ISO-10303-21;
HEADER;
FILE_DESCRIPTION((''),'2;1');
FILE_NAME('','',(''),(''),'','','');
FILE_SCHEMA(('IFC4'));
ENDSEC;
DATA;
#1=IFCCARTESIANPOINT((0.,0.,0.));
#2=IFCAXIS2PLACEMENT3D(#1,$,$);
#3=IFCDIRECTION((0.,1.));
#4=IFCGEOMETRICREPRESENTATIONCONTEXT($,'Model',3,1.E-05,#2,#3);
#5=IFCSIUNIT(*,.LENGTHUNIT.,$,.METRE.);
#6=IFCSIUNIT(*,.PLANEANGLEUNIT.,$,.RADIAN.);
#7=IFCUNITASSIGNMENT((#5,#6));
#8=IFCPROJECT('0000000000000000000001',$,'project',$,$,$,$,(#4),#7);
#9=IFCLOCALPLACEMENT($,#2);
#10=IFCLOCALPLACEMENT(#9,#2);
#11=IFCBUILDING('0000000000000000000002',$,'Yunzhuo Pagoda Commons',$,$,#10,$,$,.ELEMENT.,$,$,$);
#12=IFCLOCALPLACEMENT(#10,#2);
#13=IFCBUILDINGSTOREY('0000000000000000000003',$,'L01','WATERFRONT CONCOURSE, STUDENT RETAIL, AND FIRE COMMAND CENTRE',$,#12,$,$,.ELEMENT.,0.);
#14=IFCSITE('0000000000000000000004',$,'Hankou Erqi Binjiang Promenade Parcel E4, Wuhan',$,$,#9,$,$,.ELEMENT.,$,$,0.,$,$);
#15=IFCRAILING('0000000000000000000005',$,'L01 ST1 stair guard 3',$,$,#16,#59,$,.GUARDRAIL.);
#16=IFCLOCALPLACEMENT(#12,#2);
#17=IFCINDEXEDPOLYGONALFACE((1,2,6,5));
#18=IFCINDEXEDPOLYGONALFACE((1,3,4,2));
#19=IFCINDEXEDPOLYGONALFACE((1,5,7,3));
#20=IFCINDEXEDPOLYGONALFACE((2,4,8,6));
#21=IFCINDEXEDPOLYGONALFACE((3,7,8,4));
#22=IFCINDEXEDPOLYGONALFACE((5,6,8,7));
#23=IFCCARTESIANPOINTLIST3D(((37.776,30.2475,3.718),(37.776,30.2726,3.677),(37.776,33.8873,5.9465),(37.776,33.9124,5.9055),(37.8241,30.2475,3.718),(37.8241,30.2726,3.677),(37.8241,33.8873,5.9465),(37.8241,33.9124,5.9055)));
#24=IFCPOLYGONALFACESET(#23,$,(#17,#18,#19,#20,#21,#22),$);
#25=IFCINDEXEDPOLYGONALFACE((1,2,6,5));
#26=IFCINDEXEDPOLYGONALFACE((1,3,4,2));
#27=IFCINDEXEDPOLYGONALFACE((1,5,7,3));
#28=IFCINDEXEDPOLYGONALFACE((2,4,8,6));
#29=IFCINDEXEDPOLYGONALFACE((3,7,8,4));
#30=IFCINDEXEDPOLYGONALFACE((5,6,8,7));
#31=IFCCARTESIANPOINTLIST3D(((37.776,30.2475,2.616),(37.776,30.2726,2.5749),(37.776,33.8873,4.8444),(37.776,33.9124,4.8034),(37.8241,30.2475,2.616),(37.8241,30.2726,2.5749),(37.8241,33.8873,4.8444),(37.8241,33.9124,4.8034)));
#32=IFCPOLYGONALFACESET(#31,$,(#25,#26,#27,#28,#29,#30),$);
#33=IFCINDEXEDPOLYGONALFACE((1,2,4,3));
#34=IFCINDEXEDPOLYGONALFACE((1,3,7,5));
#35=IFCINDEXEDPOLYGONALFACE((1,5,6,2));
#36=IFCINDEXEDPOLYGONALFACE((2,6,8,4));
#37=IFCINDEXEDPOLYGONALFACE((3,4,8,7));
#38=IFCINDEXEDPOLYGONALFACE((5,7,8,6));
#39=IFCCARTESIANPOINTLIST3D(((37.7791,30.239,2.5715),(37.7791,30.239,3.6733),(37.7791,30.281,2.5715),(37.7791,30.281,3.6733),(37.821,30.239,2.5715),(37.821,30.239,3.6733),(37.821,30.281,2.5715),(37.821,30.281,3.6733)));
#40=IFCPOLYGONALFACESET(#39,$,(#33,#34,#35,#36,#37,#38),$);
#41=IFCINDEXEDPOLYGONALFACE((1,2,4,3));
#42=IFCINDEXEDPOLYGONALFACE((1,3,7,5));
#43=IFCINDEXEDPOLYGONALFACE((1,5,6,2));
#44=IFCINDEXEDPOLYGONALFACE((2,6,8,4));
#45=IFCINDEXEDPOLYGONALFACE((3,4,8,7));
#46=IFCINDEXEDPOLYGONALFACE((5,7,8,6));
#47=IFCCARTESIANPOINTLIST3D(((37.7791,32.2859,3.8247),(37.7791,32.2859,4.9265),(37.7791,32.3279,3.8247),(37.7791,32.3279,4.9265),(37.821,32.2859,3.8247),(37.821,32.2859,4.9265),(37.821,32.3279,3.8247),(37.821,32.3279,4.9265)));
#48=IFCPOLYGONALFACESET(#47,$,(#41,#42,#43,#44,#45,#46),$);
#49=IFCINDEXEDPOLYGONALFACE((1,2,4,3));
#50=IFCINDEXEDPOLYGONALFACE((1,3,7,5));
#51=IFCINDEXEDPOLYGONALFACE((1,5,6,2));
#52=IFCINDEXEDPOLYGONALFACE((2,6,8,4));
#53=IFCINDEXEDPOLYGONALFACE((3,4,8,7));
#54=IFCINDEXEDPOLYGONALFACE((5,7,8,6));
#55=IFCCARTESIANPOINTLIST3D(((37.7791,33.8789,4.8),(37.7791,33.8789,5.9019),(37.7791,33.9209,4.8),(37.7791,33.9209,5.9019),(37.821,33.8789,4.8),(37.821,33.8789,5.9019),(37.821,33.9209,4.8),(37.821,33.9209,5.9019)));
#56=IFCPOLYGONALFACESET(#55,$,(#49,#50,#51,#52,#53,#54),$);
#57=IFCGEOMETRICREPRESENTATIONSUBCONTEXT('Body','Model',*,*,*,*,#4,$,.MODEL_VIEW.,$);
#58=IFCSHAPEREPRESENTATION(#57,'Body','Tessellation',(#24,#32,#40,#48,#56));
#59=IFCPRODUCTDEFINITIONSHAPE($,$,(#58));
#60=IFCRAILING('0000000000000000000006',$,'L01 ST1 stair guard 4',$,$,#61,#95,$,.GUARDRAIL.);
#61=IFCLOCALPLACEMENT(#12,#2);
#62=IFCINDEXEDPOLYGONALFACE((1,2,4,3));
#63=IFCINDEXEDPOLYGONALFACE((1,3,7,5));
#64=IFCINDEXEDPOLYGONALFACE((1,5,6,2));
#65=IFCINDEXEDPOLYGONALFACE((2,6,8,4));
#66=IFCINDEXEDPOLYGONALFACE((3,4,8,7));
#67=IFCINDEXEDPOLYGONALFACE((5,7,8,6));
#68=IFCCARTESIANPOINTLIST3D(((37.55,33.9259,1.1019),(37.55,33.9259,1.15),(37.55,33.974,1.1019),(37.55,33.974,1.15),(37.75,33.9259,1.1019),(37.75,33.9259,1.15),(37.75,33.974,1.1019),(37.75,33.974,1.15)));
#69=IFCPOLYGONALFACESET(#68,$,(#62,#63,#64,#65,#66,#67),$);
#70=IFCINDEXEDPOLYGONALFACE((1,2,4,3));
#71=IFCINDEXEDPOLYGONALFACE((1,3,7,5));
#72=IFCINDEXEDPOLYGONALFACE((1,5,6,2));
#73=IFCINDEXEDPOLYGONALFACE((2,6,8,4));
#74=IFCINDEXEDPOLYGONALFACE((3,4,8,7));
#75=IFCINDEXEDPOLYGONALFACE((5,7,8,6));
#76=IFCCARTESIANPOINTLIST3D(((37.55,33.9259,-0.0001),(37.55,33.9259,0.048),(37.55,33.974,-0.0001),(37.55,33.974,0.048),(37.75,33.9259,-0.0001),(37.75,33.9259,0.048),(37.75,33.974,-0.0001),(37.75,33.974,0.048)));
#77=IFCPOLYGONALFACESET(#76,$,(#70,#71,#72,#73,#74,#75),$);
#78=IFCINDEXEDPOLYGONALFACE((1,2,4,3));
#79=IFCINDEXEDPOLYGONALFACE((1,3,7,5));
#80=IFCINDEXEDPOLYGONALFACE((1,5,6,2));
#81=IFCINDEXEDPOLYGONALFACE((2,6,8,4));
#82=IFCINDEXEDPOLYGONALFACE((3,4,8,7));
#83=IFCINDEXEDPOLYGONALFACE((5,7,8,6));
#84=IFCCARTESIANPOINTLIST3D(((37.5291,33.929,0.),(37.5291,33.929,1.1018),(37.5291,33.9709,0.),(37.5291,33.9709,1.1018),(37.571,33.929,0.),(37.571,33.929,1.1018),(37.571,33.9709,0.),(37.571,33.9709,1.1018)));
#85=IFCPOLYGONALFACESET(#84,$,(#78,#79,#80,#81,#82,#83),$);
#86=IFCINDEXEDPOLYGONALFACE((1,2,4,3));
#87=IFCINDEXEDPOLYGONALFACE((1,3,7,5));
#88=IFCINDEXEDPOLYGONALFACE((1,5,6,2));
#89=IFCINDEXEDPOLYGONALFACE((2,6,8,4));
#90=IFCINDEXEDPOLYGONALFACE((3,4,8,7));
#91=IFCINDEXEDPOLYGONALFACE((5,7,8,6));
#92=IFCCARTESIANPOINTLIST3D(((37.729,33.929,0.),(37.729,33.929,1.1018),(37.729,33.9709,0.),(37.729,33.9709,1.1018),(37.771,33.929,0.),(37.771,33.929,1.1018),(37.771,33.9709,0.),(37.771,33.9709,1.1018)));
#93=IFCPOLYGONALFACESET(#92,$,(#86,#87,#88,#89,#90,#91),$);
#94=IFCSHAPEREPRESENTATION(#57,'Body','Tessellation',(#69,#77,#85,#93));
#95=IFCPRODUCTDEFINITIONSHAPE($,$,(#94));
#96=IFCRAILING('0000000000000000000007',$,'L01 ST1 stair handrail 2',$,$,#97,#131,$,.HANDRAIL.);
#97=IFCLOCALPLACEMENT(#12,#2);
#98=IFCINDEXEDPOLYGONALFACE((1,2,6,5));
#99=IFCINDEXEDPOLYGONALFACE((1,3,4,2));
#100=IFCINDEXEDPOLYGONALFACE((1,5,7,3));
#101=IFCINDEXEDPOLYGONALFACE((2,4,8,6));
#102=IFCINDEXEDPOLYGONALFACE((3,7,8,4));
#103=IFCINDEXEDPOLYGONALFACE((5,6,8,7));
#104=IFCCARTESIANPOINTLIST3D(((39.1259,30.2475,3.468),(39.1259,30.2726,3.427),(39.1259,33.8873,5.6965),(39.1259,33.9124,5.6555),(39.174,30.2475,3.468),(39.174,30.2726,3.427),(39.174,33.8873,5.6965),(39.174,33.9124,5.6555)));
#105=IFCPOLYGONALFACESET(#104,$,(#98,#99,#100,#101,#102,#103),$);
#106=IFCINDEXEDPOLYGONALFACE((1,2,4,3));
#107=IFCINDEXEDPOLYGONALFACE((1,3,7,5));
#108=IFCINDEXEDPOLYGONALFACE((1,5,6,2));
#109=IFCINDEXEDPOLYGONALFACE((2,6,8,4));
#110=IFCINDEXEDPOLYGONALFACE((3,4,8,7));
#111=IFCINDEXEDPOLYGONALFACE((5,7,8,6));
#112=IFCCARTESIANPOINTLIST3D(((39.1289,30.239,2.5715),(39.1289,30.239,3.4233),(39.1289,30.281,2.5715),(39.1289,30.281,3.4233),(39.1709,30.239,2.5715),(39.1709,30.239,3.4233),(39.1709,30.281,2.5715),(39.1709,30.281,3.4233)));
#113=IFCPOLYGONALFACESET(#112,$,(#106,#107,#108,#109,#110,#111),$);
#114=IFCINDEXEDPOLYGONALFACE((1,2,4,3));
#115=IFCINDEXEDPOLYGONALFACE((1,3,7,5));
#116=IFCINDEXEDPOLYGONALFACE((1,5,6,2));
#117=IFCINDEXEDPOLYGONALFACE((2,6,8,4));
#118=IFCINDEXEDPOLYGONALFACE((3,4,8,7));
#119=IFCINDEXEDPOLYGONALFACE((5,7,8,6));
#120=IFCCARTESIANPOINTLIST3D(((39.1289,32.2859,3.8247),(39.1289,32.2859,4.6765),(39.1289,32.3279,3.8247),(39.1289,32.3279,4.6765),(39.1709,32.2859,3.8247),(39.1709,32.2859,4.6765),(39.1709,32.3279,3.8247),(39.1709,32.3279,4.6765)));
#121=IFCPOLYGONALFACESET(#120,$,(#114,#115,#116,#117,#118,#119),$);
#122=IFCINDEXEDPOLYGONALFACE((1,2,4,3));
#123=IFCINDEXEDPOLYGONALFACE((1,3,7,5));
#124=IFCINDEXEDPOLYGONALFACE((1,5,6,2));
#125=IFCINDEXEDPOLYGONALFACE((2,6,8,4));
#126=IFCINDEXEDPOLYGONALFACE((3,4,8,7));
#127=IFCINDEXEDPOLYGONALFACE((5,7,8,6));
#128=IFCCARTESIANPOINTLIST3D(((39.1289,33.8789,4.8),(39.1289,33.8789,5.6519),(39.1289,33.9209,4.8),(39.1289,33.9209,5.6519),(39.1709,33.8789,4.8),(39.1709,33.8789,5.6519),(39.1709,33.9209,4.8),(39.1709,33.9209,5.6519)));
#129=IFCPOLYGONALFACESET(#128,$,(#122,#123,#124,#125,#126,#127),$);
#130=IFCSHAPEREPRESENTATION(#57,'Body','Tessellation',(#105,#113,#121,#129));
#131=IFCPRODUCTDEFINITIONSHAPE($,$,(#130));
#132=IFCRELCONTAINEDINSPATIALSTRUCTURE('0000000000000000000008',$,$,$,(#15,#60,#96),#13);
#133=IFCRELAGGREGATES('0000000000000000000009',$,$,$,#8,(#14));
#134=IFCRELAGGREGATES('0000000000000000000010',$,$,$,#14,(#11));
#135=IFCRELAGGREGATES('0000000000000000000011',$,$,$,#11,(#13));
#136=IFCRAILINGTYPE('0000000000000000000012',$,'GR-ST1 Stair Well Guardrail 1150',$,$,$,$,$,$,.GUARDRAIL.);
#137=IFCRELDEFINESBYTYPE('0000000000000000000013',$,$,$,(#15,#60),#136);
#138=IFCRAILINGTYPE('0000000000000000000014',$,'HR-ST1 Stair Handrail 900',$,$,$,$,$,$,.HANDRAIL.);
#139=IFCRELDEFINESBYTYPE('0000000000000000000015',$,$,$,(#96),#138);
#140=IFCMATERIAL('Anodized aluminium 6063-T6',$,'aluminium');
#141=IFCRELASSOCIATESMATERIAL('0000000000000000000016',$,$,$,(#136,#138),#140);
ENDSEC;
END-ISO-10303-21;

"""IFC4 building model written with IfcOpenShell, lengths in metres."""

from ifc_helpers import new_model, si_unit, direction, frame, origin, origin_2d, place, context, subcontext, project, spatial, rectangle, extrude, material, type_object, element, save


model = new_model("IFC4")

# Units and contexts
model_context = context("Model", 3, precision=1e-05, world=origin(), true_north=direction((0.0, 1.0)))
body_context = subcontext(model_context, "Body", "Model", "MODEL_VIEW")
ifc_project = project(units=[si_unit("LENGTHUNIT", "METRE"), si_unit("PLANEANGLEUNIT", "RADIAN")], contexts=[model_context])

# Site, building, storey
site_placement = place(None, origin())
site = spatial("IfcSite", under=ifc_project, at=site_placement, Name="Hankou Erqi Binjiang Promenade Parcel E4, Wuhan", CompositionType="ELEMENT", RefElevation=0.0)
building_placement = place(site_placement, origin())
building = spatial("IfcBuilding", under=site, at=building_placement, Name="Yunzhuo Pagoda Commons", CompositionType="ELEMENT")
storey_placement = place(building_placement, origin())
storey = spatial("IfcBuildingStorey", under=building, at=storey_placement, Name="L01", Description="WATERFRONT CONCOURSE, STUDENT RETAIL, AND FIRE COMMAND CENTRE", CompositionType="ELEMENT", Elevation=0.0)

# Railings
ifc_material_1 = material(Name="Anodized aluminium 6063-T6", Category="aluminium")
railing_type_1 = type_object("IfcRailingType", Name="GR-ST1 Stair Well Guardrail 1150", PredefinedType="GUARDRAIL", material=ifc_material_1)
railing_1_placement = place(storey_placement, frame((37.8, 30.26, 2.5715)))
element("IfcRailing", 1, at=railing_1_placement, inside=storey, type_object=railing_type_1, Name="L01 ST1 stair guard 3", PredefinedType="GUARDRAIL", context=body_context, shape_type="SweptSolid", body=[
    extrude(rectangle(XDim=0.0481, YDim=0.0481, at=origin_2d()), frame((0.0, 0.0, 1.126), z_axis=(0.0, 0.85285, 0.522156), x_axis=(-1.0, 0.0, 0.0)), (0.0, 0.0, 1.0), 4.2678),
    extrude(rectangle(XDim=0.0481, YDim=0.0481, at=origin_2d()), frame((0.0, 0.0, 0.0239), z_axis=(0.0, 0.85285, 0.522156), x_axis=(-1.0, 0.0, 0.0)), (0.0, 0.0, 1.0), 4.2678),
    extrude(rectangle(XDim=0.042, YDim=0.042, at=origin_2d()), origin(), (0.0, 0.0, 1.0), 1.1018),
    extrude(rectangle(XDim=0.042, YDim=0.042, at=origin_2d()), frame((0.0, 2.0469, 1.2532)), (0.0, 0.0, 1.0), 1.1018),
    extrude(rectangle(XDim=0.042, YDim=0.042, at=origin_2d()), frame((0.0, 3.6399, 2.2285)), (0.0, 0.0, 1.0), 1.1018),
])
railing_2_placement = place(storey_placement, frame((37.55, 33.95, 0.0)))
element("IfcRailing", 2, at=railing_2_placement, inside=storey, type_object=railing_type_1, Name="L01 ST1 stair guard 4", PredefinedType="GUARDRAIL", context=body_context, shape_type="SweptSolid", body=[
    extrude(rectangle(XDim=0.0481, YDim=0.0481, at=origin_2d()), frame((0.0, 0.0, 1.126), z_axis=(1.0, 0.0, 0.0), x_axis=(0.0, 1.0, 0.0)), (0.0, 0.0, 1.0), 0.2),
    extrude(rectangle(XDim=0.0481, YDim=0.0481, at=origin_2d()), frame((0.0, 0.0, 0.0239), z_axis=(1.0, 0.0, 0.0), x_axis=(0.0, 1.0, 0.0)), (0.0, 0.0, 1.0), 0.2),
    extrude(rectangle(XDim=0.042, YDim=0.042, at=origin_2d()), origin(), (0.0, 0.0, 1.0), 1.1018),
    extrude(rectangle(XDim=0.042, YDim=0.042, at=origin_2d()), frame((0.2, 0.0, 0.0)), (0.0, 0.0, 1.0), 1.1018),
])
railing_type_2 = type_object("IfcRailingType", Name="HR-ST1 Stair Handrail 900", PredefinedType="HANDRAIL", material=ifc_material_1)
railing_3_placement = place(storey_placement, frame((39.1499, 30.26, 2.5715)))
element("IfcRailing", 3, at=railing_3_placement, inside=storey, type_object=railing_type_2, Name="L01 ST1 stair handrail 2", PredefinedType="HANDRAIL", context=body_context, shape_type="SweptSolid", body=[
    extrude(rectangle(XDim=0.0481, YDim=0.0481, at=origin_2d()), frame((0.0, 0.0, 0.876), z_axis=(0.0, 0.85285, 0.522156), x_axis=(-1.0, 0.0, 0.0)), (0.0, 0.0, 1.0), 4.2678),
    extrude(rectangle(XDim=0.042, YDim=0.042, at=origin_2d()), origin(), (0.0, 0.0, 1.0), 0.8518),
    extrude(rectangle(XDim=0.042, YDim=0.042, at=origin_2d()), frame((0.0, 2.0469, 1.2532)), (0.0, 0.0, 1.0), 0.8518),
    extrude(rectangle(XDim=0.042, YDim=0.042, at=origin_2d()), frame((0.0, 3.6399, 2.2285)), (0.0, 0.0, 1.0), 0.8518),
])

save(model, "model.ifc")
